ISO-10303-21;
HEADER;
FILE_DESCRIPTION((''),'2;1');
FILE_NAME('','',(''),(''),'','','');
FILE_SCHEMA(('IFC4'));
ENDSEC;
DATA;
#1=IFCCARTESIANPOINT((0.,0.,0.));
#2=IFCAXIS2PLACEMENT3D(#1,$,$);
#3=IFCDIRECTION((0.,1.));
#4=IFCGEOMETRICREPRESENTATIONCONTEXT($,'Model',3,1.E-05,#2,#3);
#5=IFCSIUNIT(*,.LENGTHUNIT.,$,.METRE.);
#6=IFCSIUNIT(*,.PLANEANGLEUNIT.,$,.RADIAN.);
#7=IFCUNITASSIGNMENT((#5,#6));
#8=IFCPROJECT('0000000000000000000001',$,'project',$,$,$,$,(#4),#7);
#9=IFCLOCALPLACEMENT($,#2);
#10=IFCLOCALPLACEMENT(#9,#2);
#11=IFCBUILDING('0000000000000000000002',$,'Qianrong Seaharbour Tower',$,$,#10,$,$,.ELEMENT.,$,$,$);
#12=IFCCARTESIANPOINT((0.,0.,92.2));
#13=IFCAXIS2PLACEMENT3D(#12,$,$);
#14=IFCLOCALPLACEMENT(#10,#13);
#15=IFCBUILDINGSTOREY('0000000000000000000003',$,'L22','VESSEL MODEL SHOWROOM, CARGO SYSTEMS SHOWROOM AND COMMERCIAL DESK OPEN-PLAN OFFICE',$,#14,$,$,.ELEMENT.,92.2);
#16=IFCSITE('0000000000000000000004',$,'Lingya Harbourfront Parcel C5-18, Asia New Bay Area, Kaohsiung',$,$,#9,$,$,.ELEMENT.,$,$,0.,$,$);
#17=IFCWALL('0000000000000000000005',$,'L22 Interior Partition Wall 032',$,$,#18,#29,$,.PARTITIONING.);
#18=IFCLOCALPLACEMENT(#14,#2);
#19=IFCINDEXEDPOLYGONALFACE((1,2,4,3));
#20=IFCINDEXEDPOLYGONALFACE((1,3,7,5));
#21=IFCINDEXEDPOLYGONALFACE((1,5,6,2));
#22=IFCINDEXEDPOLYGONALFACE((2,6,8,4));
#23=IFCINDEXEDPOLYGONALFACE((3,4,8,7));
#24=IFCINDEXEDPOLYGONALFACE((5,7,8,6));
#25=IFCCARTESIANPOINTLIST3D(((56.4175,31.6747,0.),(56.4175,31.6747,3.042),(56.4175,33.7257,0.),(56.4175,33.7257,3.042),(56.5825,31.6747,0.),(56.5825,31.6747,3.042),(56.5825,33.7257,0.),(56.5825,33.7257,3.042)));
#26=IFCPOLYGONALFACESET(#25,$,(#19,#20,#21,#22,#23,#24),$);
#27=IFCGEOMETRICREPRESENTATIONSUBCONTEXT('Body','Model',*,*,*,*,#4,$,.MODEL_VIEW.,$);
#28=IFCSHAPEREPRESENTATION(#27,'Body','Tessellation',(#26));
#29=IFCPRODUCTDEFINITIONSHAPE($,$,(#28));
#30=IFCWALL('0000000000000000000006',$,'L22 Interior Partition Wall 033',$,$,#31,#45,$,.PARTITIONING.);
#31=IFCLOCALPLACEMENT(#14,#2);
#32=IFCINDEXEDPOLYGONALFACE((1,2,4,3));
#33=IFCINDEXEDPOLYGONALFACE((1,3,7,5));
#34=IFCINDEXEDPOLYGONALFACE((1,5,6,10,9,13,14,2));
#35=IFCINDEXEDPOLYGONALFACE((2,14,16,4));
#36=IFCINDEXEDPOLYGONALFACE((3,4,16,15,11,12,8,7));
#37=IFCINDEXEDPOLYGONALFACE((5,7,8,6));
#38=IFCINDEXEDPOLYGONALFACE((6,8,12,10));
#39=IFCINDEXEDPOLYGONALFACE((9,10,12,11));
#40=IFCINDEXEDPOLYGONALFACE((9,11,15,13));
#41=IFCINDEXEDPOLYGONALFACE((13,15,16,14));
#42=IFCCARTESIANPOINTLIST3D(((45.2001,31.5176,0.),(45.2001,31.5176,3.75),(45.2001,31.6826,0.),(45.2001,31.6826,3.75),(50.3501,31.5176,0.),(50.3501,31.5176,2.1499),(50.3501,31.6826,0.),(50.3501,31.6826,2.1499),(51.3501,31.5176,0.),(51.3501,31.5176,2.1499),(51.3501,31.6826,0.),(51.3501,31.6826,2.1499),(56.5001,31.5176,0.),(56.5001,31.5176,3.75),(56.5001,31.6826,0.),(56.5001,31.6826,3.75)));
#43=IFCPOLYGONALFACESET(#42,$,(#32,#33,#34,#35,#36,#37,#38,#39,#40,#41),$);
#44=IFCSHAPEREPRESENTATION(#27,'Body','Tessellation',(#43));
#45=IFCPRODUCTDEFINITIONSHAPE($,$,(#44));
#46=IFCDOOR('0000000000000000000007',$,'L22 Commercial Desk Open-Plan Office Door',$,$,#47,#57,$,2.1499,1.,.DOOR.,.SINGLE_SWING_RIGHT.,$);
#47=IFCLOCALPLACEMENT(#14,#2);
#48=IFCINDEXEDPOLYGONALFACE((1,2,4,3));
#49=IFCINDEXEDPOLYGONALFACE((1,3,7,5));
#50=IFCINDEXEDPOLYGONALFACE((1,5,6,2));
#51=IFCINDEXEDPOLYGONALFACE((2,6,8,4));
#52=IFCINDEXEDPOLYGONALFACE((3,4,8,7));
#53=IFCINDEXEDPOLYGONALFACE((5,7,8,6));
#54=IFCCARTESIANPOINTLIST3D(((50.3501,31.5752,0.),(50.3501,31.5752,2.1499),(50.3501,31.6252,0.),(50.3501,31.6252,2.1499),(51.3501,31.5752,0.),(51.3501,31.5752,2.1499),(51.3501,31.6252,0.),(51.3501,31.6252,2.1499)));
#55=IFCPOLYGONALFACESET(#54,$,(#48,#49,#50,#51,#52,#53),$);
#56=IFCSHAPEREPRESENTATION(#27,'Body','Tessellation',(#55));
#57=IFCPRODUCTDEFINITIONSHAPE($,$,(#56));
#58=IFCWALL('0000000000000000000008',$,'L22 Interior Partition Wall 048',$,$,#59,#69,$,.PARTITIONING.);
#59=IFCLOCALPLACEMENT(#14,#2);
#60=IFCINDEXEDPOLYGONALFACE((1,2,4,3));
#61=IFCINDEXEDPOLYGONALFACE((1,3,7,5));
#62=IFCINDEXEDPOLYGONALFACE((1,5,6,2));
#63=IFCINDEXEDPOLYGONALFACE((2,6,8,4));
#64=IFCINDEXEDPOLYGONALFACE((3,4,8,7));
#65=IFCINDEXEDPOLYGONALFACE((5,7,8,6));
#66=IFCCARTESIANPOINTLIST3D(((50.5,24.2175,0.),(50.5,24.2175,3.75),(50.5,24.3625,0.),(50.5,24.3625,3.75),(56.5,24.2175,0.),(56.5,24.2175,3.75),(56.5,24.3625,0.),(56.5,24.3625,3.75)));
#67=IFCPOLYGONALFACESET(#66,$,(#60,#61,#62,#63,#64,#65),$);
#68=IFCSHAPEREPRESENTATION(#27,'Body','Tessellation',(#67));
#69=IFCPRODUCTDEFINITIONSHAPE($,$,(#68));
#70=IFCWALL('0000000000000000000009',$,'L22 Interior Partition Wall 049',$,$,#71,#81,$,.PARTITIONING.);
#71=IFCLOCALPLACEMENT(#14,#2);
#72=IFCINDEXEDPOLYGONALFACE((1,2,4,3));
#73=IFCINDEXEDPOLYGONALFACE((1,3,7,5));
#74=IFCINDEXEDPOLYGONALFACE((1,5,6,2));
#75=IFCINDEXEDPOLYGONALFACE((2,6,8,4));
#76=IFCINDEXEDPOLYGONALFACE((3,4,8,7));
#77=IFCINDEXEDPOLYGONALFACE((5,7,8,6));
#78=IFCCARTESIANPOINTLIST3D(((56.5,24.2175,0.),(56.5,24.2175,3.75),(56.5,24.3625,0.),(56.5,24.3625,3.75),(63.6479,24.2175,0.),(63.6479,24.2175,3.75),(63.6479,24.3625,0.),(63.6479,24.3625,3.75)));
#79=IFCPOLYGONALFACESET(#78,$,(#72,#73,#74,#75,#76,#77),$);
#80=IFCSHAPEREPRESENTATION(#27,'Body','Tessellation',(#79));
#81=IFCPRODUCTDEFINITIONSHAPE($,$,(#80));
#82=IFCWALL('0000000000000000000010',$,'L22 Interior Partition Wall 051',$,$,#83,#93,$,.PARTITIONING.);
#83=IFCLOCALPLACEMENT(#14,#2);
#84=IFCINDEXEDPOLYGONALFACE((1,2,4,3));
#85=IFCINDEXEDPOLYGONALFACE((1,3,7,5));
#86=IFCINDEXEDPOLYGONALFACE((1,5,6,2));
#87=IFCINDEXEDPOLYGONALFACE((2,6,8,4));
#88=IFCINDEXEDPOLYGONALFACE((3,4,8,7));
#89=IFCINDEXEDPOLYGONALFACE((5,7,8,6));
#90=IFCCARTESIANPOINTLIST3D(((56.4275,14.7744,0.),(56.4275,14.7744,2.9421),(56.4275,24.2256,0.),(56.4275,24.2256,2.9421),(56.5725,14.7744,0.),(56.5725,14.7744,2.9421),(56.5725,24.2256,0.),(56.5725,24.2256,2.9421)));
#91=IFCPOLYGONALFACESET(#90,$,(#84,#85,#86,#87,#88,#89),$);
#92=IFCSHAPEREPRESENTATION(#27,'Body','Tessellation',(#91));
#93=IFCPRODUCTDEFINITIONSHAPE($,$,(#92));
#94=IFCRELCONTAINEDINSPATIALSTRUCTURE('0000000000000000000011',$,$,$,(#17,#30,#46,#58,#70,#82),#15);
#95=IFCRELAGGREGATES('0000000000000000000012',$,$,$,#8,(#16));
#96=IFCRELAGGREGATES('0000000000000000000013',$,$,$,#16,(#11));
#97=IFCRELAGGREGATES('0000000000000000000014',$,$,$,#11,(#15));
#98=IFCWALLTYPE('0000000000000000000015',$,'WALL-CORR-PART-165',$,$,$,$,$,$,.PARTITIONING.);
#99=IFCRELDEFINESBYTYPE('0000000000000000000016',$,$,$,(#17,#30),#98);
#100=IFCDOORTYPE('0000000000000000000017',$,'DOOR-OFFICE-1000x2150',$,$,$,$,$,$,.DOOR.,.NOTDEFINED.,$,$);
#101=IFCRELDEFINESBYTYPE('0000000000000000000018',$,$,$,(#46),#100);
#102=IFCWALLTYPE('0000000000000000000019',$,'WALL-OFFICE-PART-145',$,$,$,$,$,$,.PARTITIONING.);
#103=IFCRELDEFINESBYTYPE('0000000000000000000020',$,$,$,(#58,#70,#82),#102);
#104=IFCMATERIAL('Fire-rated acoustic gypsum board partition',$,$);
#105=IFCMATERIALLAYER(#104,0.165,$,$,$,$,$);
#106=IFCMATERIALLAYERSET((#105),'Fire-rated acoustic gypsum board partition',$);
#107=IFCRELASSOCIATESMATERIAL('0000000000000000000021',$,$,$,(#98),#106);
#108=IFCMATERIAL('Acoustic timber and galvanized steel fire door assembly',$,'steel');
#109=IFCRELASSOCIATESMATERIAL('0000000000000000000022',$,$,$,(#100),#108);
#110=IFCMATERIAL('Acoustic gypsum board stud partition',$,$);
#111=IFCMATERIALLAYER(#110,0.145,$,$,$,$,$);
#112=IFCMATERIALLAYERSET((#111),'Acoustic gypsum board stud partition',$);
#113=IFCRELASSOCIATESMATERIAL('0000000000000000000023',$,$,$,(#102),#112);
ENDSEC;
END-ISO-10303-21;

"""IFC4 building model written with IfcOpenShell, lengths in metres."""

from ifc_helpers import new_model, si_unit, direction, frame, frame_2d, origin, place, context, subcontext, project, spatial, rectangle, extrude, material, layer, layer_set, type_object, element, fill, save


model = new_model("IFC4")

# Units and contexts
model_context = context("Model", 3, precision=1e-05, world=origin(), true_north=direction((0.0, 1.0)))
body_context = subcontext(model_context, "Body", "Model", "MODEL_VIEW")
ifc_project = project(units=[si_unit("LENGTHUNIT", "METRE"), si_unit("PLANEANGLEUNIT", "RADIAN")], contexts=[model_context])

# Site, building, storey
site_placement = place(None, origin())
site = spatial("IfcSite", under=ifc_project, at=site_placement, Name="Lingya Harbourfront Parcel C5-18, Asia New Bay Area, Kaohsiung", CompositionType="ELEMENT", RefElevation=0.0)
building_placement = place(site_placement, origin())
building = spatial("IfcBuilding", under=site, at=building_placement, Name="Qianrong Seaharbour Tower", CompositionType="ELEMENT")
storey_placement = place(building_placement, frame((0.0, 0.0, 92.2)))
storey = spatial("IfcBuildingStorey", under=building, at=storey_placement, Name="L22", Description="VESSEL MODEL SHOWROOM, CARGO SYSTEMS SHOWROOM AND COMMERCIAL DESK OPEN-PLAN OFFICE", CompositionType="ELEMENT", Elevation=92.2)

# Wall
ifc_material_1 = material(Name="Fire-rated acoustic gypsum board partition")
ifc_layer_1 = layer(ifc_material_1, 0.165)
ifc_layer_set_1 = layer_set([ifc_layer_1], Name="Fire-rated acoustic gypsum board partition")
wall_type_1 = type_object("IfcWallType", Name="WALL-CORR-PART-165", PredefinedType="PARTITIONING", material=ifc_layer_set_1)
wall_1_placement = place(storey_placement, frame((56.5, 33.7256, 0.0), z_axis=(0.0, 0.0, 1.0), x_axis=(0.0, -1.0, 0.0)))
element("IfcWall", 1, at=wall_1_placement, inside=storey, type_object=wall_type_1, Name="L22 Interior Partition Wall 032", PredefinedType="PARTITIONING", context=body_context, shape_type="SweptSolid", body=[
    extrude(rectangle(XDim=2.051, YDim=0.165, at=frame_2d((1.0254, 0.0))), origin(), (0.0, 0.0, 1.0), 3.042),
])

# Wall, opening, door
wall_2_placement = place(storey_placement, frame((56.5, 31.6001, 0.0), z_axis=(0.0, 0.0, 1.0), x_axis=(-1.0, 0.0, 0.0)))
wall_2 = element("IfcWall", 2, at=wall_2_placement, inside=storey, type_object=wall_type_1, Name="L22 Interior Partition Wall 033", PredefinedType="PARTITIONING", context=body_context, shape_type="SweptSolid", body=[
    extrude(rectangle(XDim=11.3, YDim=0.165, at=frame_2d((5.6499, 0.0))), origin(), (0.0, 0.0, 1.0), 3.75),
])
opening_placement = place(wall_2_placement, frame((5.1499, 0.0, 0.0)))
opening = element("IfcOpeningElement", 3, at=opening_placement, cuts=wall_2, PredefinedType="OPENING", context=body_context, shape_type="SweptSolid", body=[
    extrude(rectangle(XDim=1.0, YDim=2.1499, at=frame_2d((0.5, 1.075))), frame((0.0, 0.0925, 0.0), z_axis=(0.0, -1.0, 0.0), x_axis=(1.0, 0.0, 0.0)), (0.0, 0.0, 1.0), 0.1851),
])
ifc_material_2 = material(Name="Acoustic timber and galvanized steel fire door assembly", Category="steel")
door_type = type_object("IfcDoorType", Name="DOOR-OFFICE-1000x2150", OperationType="NOTDEFINED", PredefinedType="DOOR", material=ifc_material_2)
door_placement = place(opening_placement, origin())
door = element("IfcDoor", 4, at=door_placement, inside=storey, type_object=door_type, Name="L22 Commercial Desk Open-Plan Office Door", OperationType="SINGLE_SWING_RIGHT", OverallHeight=2.1499, OverallWidth=1.0, PredefinedType="DOOR", context=body_context, shape_type="SweptSolid", body=[
    extrude(rectangle(XDim=1.0, YDim=2.1499, at=frame_2d((0.5, 1.075))), frame((0.0, 0.0249, 0.0), z_axis=(0.0, -1.0, 0.0), x_axis=(1.0, 0.0, 0.0)), (0.0, 0.0, 1.0), 0.05),
])
fill(opening, door)

# Walls
ifc_material_3 = material(Name="Acoustic gypsum board stud partition")
ifc_layer_2 = layer(ifc_material_3, 0.145)
ifc_layer_set_2 = layer_set([ifc_layer_2], Name="Acoustic gypsum board stud partition")
wall_type_2 = type_object("IfcWallType", Name="WALL-OFFICE-PART-145", PredefinedType="PARTITIONING", material=ifc_layer_set_2)
wall_3_placement = place(storey_placement, frame((56.5, 24.29, 0.0), z_axis=(0.0, 0.0, 1.0), x_axis=(-1.0, 0.0, 0.0)))
element("IfcWall", 5, at=wall_3_placement, inside=storey, type_object=wall_type_2, Name="L22 Interior Partition Wall 048", PredefinedType="PARTITIONING", context=body_context, shape_type="SweptSolid", body=[
    extrude(rectangle(XDim=6.0, YDim=0.145, at=frame_2d((3.0, 0.0))), origin(), (0.0, 0.0, 1.0), 3.75),
])
wall_4_placement = place(storey_placement, frame((63.6479, 24.29, 0.0), z_axis=(0.0, 0.0, 1.0), x_axis=(-1.0, 0.0, 0.0)))
element("IfcWall", 6, at=wall_4_placement, inside=storey, type_object=wall_type_2, Name="L22 Interior Partition Wall 049", PredefinedType="PARTITIONING", context=body_context, shape_type="SweptSolid", body=[
    extrude(rectangle(XDim=7.1479, YDim=0.145, at=frame_2d((3.574, 0.0))), origin(), (0.0, 0.0, 1.0), 3.75),
])
wall_5_placement = place(storey_placement, frame((56.5, 24.2256, 0.0), z_axis=(0.0, 0.0, 1.0), x_axis=(0.0, -1.0, 0.0)))
element("IfcWall", 7, at=wall_5_placement, inside=storey, type_object=wall_type_2, Name="L22 Interior Partition Wall 051", PredefinedType="PARTITIONING", context=body_context, shape_type="SweptSolid", body=[
    extrude(rectangle(XDim=9.4512, YDim=0.145, at=frame_2d((4.7256, 0.0))), origin(), (0.0, 0.0, 1.0), 2.9421),
])

save(model, "model.ifc")
